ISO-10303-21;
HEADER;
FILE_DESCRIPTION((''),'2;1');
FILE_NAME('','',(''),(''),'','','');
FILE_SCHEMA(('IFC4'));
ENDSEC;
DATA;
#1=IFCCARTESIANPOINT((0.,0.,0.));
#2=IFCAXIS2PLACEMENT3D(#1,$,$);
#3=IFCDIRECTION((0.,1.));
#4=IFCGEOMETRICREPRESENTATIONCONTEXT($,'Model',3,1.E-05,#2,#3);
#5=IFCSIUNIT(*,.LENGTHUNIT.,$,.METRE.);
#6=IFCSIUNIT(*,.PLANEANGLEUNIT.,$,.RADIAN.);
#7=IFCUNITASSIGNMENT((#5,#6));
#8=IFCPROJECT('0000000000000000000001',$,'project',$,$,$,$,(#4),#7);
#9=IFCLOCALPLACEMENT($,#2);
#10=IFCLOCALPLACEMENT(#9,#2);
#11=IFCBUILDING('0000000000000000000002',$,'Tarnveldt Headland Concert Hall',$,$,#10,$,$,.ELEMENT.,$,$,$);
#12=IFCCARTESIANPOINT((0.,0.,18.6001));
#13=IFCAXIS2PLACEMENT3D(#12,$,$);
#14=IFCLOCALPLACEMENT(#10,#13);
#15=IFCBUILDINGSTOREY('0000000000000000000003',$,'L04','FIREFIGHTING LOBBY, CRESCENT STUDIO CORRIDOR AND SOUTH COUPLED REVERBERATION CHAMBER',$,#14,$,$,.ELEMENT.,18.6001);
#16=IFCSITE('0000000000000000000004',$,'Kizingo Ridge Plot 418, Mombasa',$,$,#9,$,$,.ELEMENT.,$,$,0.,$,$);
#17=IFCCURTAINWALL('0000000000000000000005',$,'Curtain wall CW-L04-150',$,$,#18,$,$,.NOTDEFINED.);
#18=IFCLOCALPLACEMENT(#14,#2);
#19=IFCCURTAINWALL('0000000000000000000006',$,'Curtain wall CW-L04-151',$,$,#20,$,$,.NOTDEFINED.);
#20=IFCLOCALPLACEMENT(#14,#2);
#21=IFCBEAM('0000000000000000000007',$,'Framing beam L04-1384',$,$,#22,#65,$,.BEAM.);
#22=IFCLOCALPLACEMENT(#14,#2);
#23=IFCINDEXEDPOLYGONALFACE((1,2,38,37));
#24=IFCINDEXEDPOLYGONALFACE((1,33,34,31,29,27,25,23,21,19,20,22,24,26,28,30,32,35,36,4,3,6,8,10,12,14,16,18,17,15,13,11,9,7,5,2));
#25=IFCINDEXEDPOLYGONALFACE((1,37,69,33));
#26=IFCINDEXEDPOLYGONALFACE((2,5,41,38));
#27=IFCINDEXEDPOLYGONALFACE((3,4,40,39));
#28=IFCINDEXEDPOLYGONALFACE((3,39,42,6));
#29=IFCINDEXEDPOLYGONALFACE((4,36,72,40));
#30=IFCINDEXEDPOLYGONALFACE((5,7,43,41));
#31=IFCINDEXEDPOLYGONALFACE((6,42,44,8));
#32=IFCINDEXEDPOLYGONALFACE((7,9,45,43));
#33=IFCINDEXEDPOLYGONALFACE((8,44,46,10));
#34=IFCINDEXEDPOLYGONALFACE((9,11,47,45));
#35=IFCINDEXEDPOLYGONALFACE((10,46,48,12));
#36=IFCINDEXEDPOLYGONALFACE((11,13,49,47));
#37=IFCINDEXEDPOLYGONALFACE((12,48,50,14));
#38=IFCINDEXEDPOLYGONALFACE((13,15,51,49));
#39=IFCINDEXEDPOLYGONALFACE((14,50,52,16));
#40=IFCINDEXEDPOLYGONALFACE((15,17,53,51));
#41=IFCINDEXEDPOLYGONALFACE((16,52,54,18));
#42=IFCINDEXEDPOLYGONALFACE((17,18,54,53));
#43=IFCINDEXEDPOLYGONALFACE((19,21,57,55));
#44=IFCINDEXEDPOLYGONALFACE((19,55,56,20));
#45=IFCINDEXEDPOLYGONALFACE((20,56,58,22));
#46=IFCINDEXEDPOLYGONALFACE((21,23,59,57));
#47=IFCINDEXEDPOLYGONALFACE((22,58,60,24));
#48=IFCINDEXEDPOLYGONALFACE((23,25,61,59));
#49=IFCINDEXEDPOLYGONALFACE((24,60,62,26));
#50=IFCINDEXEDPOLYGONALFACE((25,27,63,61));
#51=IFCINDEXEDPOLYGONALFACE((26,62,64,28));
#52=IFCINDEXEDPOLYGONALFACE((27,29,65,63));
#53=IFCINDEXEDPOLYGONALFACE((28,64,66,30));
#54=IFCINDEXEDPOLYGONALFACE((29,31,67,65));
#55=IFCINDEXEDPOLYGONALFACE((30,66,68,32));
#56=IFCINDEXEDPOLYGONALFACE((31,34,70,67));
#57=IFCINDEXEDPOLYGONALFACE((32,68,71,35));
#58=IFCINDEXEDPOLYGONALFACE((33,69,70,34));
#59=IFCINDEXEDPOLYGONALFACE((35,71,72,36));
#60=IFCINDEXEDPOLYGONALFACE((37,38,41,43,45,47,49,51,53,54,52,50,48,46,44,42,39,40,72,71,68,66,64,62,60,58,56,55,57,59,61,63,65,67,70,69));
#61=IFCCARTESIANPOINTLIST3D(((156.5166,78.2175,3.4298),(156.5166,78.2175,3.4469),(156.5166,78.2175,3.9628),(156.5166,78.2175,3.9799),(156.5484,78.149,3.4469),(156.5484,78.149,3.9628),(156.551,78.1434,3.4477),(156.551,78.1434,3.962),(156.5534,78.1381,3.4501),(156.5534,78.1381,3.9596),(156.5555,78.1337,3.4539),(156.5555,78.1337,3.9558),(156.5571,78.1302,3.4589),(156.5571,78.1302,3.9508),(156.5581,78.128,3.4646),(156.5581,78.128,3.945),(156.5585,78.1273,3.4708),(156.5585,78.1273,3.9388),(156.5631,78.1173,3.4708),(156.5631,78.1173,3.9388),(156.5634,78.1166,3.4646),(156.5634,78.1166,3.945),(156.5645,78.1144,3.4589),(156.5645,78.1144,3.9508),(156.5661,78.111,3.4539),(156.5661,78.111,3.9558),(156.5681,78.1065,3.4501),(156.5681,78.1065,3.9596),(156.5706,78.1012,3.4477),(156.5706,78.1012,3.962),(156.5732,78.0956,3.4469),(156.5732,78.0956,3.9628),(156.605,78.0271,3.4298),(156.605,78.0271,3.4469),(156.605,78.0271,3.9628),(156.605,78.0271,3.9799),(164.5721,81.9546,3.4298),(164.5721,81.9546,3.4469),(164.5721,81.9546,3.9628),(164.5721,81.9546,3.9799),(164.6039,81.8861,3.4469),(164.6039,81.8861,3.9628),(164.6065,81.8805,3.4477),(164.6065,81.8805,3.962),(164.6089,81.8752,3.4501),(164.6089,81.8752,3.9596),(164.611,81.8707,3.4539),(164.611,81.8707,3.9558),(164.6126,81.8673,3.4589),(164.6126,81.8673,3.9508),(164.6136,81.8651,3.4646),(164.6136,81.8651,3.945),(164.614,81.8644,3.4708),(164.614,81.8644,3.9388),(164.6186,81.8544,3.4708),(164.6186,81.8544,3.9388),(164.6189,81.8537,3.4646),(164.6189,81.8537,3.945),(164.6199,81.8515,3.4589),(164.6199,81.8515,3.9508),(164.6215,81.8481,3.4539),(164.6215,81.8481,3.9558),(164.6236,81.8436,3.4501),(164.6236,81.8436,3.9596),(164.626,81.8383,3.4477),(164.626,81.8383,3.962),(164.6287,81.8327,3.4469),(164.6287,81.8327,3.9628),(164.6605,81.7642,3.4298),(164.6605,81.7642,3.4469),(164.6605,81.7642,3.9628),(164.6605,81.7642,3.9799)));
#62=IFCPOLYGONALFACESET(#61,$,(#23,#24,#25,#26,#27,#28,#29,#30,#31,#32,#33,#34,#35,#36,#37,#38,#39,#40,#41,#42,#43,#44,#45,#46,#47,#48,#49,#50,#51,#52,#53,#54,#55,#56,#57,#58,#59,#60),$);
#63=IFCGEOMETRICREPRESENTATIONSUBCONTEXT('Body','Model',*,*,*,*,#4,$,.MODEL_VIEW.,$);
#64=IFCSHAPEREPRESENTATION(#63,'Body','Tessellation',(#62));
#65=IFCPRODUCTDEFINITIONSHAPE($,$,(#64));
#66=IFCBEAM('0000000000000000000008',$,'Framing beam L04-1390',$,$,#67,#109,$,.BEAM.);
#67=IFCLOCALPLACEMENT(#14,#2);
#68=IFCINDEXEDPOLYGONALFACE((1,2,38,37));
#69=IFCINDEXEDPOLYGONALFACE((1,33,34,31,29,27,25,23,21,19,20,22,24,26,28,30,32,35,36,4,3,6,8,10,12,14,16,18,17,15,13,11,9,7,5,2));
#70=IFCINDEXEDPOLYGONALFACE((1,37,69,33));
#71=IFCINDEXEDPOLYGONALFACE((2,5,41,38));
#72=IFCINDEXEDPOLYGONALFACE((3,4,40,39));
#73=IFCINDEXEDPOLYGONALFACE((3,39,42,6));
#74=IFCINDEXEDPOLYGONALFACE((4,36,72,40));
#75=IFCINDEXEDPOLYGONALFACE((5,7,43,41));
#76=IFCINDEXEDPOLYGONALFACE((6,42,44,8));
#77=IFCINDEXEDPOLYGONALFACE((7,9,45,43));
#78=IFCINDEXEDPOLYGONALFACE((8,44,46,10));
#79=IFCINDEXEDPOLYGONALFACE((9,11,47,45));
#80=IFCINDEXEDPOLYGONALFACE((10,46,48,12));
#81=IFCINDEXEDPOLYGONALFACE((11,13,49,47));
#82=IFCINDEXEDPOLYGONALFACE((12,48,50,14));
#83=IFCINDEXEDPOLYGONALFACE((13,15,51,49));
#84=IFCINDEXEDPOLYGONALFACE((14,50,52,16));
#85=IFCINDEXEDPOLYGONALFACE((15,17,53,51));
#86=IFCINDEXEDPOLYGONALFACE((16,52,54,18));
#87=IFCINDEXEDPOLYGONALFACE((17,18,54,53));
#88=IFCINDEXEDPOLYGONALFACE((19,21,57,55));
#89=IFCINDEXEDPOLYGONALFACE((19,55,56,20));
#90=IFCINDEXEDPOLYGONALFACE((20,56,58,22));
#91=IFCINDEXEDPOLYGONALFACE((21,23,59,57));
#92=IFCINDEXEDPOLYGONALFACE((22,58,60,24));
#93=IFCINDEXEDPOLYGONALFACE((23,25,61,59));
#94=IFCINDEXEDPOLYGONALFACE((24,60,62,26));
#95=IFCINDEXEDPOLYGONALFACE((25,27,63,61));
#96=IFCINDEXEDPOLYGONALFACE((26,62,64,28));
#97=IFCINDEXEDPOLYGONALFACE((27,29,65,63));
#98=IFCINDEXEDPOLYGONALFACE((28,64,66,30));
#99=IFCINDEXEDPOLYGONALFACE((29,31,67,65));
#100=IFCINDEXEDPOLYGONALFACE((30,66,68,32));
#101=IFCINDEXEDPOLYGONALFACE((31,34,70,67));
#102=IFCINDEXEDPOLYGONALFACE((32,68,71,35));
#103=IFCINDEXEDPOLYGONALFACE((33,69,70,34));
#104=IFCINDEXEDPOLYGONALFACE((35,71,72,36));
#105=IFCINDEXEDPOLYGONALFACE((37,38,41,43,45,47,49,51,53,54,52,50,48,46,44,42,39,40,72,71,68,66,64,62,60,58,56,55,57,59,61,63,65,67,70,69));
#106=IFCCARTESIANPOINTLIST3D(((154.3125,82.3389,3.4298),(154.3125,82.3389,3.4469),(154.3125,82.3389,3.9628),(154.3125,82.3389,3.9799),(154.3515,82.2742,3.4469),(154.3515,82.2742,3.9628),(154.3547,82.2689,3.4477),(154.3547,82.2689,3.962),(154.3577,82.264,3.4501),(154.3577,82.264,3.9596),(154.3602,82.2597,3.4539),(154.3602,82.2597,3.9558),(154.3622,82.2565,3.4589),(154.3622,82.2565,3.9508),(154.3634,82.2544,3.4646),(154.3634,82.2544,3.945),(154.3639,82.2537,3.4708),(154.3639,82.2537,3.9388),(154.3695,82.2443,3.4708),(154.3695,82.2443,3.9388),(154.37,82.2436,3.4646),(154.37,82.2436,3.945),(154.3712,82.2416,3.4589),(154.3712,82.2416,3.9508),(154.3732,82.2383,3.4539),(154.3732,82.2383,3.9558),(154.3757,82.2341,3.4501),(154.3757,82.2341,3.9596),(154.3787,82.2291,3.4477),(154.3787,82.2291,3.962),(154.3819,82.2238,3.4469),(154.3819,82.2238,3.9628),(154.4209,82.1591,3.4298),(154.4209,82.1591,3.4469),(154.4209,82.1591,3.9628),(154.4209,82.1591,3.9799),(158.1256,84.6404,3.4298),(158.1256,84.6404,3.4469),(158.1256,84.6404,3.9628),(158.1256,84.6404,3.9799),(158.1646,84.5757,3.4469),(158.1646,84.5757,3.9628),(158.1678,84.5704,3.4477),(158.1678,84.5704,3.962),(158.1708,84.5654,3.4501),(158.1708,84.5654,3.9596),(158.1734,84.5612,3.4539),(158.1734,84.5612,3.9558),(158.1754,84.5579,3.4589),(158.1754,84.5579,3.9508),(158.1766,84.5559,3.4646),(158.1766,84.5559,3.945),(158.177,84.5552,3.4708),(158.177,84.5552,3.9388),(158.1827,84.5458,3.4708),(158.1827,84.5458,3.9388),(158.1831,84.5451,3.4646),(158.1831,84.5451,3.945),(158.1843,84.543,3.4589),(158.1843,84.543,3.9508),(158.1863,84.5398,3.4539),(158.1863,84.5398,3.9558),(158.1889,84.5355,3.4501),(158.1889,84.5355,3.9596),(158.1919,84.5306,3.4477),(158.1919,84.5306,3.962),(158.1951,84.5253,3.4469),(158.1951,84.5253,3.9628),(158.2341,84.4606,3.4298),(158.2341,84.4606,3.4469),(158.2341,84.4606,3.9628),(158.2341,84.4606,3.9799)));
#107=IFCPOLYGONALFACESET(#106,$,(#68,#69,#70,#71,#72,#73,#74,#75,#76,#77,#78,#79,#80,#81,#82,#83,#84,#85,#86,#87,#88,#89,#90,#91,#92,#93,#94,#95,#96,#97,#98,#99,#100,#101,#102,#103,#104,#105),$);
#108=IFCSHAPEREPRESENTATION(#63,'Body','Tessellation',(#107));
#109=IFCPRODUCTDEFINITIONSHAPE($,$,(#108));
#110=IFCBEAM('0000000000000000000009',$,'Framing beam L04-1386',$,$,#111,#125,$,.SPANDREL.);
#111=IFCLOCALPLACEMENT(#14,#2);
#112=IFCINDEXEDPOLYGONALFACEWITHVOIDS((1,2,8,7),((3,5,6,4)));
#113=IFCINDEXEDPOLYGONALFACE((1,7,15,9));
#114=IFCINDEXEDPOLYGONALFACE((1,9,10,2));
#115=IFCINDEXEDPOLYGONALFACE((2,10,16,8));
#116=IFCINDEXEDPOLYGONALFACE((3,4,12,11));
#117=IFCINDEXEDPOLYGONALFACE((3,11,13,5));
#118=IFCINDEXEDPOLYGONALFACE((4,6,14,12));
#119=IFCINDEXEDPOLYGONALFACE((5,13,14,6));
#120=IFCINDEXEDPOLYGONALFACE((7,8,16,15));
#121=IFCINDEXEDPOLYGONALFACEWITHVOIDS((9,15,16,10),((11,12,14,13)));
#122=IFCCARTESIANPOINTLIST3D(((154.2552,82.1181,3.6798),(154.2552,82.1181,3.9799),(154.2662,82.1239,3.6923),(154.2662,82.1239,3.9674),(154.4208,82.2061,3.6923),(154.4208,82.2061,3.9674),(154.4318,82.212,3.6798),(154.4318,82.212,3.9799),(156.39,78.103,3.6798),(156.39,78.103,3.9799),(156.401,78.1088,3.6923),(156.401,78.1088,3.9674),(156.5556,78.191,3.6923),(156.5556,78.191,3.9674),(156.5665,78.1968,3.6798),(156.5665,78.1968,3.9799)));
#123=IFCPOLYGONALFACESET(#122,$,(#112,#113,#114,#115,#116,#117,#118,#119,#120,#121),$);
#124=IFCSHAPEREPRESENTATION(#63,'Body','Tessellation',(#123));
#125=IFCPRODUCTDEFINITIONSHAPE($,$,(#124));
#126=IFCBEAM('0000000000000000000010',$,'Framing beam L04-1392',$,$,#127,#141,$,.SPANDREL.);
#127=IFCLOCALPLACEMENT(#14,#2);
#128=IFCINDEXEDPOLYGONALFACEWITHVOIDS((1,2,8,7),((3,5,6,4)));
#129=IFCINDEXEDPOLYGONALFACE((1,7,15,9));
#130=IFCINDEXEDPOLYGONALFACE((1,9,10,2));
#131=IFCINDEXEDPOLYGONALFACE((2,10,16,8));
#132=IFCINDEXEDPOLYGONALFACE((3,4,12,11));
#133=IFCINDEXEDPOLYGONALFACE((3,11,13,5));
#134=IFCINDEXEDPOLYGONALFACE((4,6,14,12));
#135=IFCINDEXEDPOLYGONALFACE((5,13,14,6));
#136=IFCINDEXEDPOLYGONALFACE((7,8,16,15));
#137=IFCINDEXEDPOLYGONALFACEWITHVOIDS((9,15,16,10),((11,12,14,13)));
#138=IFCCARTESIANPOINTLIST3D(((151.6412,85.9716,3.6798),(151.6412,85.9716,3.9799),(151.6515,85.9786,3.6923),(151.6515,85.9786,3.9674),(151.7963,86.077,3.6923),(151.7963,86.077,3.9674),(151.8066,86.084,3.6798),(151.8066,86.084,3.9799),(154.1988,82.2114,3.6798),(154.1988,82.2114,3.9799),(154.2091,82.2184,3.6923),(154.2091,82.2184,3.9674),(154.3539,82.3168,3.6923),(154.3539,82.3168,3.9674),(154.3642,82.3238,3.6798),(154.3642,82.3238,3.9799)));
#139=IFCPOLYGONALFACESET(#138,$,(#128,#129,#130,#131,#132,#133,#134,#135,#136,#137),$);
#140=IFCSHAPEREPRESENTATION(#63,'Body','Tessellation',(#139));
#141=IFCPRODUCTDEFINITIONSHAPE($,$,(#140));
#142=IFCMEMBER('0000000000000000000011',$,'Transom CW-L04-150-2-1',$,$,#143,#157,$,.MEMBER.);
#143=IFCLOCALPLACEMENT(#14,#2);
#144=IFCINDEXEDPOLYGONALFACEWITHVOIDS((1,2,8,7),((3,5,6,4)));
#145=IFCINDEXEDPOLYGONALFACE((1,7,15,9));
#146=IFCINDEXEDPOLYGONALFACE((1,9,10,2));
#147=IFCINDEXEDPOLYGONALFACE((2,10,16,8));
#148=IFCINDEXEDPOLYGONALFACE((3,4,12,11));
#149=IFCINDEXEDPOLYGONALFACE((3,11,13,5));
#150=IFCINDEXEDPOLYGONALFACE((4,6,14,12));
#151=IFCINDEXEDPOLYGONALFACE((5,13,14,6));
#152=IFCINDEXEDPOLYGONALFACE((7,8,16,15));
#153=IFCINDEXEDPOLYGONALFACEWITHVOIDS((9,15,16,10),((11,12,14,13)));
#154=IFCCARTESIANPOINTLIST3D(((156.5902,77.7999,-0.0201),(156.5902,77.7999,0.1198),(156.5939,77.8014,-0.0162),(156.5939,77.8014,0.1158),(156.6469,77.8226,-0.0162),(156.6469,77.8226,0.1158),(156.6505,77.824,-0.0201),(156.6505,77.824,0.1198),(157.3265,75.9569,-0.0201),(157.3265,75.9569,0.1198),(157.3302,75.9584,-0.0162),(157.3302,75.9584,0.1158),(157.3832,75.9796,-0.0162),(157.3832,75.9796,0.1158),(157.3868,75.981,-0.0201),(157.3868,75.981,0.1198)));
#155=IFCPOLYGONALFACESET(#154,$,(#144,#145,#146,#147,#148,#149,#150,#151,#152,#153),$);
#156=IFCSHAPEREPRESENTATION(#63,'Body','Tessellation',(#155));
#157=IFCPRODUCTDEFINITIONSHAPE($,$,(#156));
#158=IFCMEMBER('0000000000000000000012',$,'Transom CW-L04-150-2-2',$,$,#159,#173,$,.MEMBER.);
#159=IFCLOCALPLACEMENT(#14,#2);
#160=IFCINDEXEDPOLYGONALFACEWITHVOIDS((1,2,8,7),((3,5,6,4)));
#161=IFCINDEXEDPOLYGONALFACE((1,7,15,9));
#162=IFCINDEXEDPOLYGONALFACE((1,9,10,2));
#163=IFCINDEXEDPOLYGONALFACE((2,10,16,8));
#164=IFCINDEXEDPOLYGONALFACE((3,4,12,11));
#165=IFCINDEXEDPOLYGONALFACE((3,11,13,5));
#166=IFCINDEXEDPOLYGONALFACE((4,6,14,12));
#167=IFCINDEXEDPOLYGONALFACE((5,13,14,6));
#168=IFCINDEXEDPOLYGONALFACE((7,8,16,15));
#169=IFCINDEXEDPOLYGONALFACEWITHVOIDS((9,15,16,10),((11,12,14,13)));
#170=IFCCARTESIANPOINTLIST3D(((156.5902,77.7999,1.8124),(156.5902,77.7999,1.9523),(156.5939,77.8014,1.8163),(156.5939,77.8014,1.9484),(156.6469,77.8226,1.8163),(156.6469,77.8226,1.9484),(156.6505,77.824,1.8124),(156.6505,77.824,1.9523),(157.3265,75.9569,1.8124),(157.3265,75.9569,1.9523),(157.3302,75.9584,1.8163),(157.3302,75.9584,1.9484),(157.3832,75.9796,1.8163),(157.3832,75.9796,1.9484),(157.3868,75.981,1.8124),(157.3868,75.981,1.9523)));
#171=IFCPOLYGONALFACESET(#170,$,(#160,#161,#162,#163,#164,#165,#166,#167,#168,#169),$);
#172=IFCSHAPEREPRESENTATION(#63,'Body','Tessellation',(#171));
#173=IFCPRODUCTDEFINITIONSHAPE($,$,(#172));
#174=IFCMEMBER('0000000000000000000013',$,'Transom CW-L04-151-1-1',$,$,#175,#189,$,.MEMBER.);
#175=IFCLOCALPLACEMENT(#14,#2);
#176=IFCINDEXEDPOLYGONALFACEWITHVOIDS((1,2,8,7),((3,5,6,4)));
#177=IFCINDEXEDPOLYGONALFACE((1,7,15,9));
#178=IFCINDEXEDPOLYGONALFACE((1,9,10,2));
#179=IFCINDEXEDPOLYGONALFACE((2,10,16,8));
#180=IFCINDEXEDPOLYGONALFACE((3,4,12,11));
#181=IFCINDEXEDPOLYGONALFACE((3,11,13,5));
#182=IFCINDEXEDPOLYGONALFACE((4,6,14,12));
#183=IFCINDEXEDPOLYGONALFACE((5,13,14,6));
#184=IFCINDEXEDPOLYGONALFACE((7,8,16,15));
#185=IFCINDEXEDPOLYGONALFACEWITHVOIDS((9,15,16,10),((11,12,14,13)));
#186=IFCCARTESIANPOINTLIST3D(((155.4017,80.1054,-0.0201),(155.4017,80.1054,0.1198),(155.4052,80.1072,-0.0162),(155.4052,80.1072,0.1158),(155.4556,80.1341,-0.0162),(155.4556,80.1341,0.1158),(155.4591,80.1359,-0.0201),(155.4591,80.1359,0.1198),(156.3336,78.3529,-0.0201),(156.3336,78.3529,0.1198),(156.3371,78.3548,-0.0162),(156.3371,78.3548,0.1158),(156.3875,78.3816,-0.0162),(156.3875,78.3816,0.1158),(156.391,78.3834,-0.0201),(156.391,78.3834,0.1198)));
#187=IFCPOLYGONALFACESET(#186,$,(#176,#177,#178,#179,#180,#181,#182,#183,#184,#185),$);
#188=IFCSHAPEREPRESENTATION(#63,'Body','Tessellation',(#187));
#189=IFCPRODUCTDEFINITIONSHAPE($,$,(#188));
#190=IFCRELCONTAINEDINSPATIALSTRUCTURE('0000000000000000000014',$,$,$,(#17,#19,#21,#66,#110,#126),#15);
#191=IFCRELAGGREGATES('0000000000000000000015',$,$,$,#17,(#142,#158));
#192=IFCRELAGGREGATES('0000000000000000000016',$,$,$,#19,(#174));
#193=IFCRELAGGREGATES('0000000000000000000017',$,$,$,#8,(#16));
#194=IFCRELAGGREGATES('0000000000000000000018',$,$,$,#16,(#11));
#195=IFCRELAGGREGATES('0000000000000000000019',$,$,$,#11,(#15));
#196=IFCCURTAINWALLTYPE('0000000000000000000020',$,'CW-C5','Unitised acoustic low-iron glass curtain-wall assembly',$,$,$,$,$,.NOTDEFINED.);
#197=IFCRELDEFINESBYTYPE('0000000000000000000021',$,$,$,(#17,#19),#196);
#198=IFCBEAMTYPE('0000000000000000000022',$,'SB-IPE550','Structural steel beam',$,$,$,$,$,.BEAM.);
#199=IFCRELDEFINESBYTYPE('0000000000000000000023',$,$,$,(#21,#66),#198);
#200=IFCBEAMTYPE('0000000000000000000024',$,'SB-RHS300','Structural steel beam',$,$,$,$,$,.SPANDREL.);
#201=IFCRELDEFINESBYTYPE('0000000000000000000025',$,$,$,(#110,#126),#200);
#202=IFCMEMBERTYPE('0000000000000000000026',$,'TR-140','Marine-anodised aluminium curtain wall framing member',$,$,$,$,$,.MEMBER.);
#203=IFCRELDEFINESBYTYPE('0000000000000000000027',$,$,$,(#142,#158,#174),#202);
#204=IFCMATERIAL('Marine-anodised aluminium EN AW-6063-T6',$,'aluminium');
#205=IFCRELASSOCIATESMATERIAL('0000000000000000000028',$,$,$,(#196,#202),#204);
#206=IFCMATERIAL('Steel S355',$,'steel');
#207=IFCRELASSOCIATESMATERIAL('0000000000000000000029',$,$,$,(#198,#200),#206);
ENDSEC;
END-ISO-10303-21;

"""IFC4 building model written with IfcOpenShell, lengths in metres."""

from ifc_helpers import new_model, si_unit, direction, frame, origin, origin_2d, place, context, subcontext, project, spatial, hollow_rectangle, i_section, extrude, material, material_profile, profile_set, type_object, element, aggregate, save


model = new_model("IFC4")

# Units and contexts
model_context = context("Model", 3, precision=1e-05, world=origin(), true_north=direction((0.0, 1.0)))
body_context = subcontext(model_context, "Body", "Model", "MODEL_VIEW")
ifc_project = project(units=[si_unit("LENGTHUNIT", "METRE"), si_unit("PLANEANGLEUNIT", "RADIAN")], contexts=[model_context])

# Site, building, storey
site_placement = place(None, origin())
site = spatial("IfcSite", under=ifc_project, at=site_placement, Name="Kizingo Ridge Plot 418, Mombasa", CompositionType="ELEMENT", RefElevation=0.0)
building_placement = place(site_placement, origin())
building = spatial("IfcBuilding", under=site, at=building_placement, Name="Tarnveldt Headland Concert Hall", CompositionType="ELEMENT")
storey_placement = place(building_placement, frame((0.0, 0.0, 18.6001)))
storey = spatial("IfcBuildingStorey", under=building, at=storey_placement, Name="L04", Description="FIREFIGHTING LOBBY, CRESCENT STUDIO CORRIDOR AND SOUTH COUPLED REVERBERATION CHAMBER", CompositionType="ELEMENT", Elevation=18.6001)

# Shared definitions
ifc_material_1 = material(Name="Steel S355", Category="steel")

# Curtain wall
ifc_material_2 = material(Name="Marine-anodised aluminium EN AW-6063-T6", Category="aluminium")
curtain_wall_type = type_object("IfcCurtainWallType", Name="CW-C5", Description="Unitised acoustic low-iron glass curtain-wall assembly", PredefinedType="NOTDEFINED", material=ifc_material_2)
curtain_wall_1_placement = place(storey_placement, origin())
curtain_wall_1 = element("IfcCurtainWall", 1, at=curtain_wall_1_placement, inside=storey, type_object=curtain_wall_type, Name="Curtain wall CW-L04-150", PredefinedType="NOTDEFINED")

# Curtain wall
curtain_wall_2_placement = place(storey_placement, origin())
curtain_wall_2 = element("IfcCurtainWall", 2, at=curtain_wall_2_placement, inside=storey, type_object=curtain_wall_type, Name="Curtain wall CW-L04-151", PredefinedType="NOTDEFINED")

# Beams
ifc_material_profile_1 = material_profile(ifc_material_1, i_section(OverallWidth=0.21, OverallDepth=0.55, WebThickness=0.011, FlangeThickness=0.0171, FilletRadius=0.0239, at=origin_2d()), Name="IPE550", Category="steel")
ifc_profile_set_1 = profile_set([ifc_material_profile_1], Name="Steel S355")
beam_type_1 = type_object("IfcBeamType", Name="SB-IPE550", Description="Structural steel beam", PredefinedType="BEAM", material=ifc_profile_set_1)
beam_1_placement = place(storey_placement, frame((156.5608, 78.1223, 3.7048), z_axis=(0.907136, 0.420837, 0.0), x_axis=(-0.420837, 0.907136, 0.0)))
element("IfcBeam", 3, at=beam_1_placement, inside=storey, type_object=beam_type_1, Name="Framing beam L04-1384", PredefinedType="BEAM", context=body_context, shape_type="SweptSolid", body=[
    extrude(i_section(OverallWidth=0.21, OverallDepth=0.55, WebThickness=0.011, FlangeThickness=0.0171, FilletRadius=0.0239, at=origin_2d()), origin(), (0.0, 0.0, 1.0), 8.8801),
])
beam_2_placement = place(storey_placement, frame((154.3667, 82.249, 3.7048), z_axis=(0.856145, 0.516735, 0.0), x_axis=(-0.516735, 0.856145, 0.0)))
element("IfcBeam", 4, at=beam_2_placement, inside=storey, type_object=beam_type_1, Name="Framing beam L04-1390", PredefinedType="BEAM", context=body_context, shape_type="SweptSolid", body=[
    extrude(i_section(OverallWidth=0.21, OverallDepth=0.55, WebThickness=0.011, FlangeThickness=0.0171, FilletRadius=0.0239, at=origin_2d()), origin(), (0.0, 0.0, 1.0), 4.4539),
])
ifc_material_profile_2 = material_profile(ifc_material_1, hollow_rectangle(XDim=0.2, YDim=0.3, WallThickness=0.0125, at=origin_2d()), Name="RHS 300x200x12.5", Category="steel")
ifc_profile_set_2 = profile_set([ifc_material_profile_2], Name="Steel S355")
beam_type_2 = type_object("IfcBeamType", Name="SB-RHS300", Description="Structural steel beam", PredefinedType="SPANDREL", material=ifc_profile_set_2)
beam_3_placement = place(storey_placement, frame((156.4783, 78.1499, 3.8298), z_axis=(-0.469451, 0.882959, 0.0), x_axis=(-0.882959, -0.469451, 0.0)))
element("IfcBeam", 5, at=beam_3_placement, inside=storey, type_object=beam_type_2, Name="Framing beam L04-1386", PredefinedType="SPANDREL", context=body_context, shape_type="SweptSolid", body=[
    extrude(hollow_rectangle(XDim=0.2, YDim=0.3, WallThickness=0.0125, at=origin_2d()), origin(), (0.0, 0.0, 1.0), 4.5474),
])
beam_4_placement = place(storey_placement, frame((154.2815, 82.2676, 3.8298), z_axis=(-0.562407, 0.826861, 0.0), x_axis=(-0.826861, -0.562407, 0.0)))
element("IfcBeam", 6, at=beam_4_placement, inside=storey, type_object=beam_type_2, Name="Framing beam L04-1392", PredefinedType="SPANDREL", context=body_context, shape_type="SweptSolid", body=[
    extrude(hollow_rectangle(XDim=0.2, YDim=0.3, WallThickness=0.0125, at=origin_2d()), origin(), (0.0, 0.0, 1.0), 4.5476),
])

# Members
ifc_material_profile_3 = material_profile(ifc_material_2, hollow_rectangle(XDim=0.0649, YDim=0.1399, WallThickness=0.0039, at=origin_2d()), Name="ALU TRANSOM 65x140x4", Category="aluminium")
ifc_profile_set_3 = profile_set([ifc_material_profile_3], Name="Marine-anodised aluminium EN AW-6063-T6")
member_type_1 = type_object("IfcMemberType", Name="TR-140", Description="Marine-anodised aluminium curtain wall framing member", PredefinedType="MEMBER", material=ifc_profile_set_3)
member_1_placement = place(storey_placement, frame((157.3567, 75.969, 0.0498), z_axis=(-0.371009, 0.928629, 0.0), x_axis=(-0.928629, -0.371009, 0.0)))
member_1 = element("IfcMember", 7, at=member_1_placement, type_object=member_type_1, Name="Transom CW-L04-150-2-1", PredefinedType="MEMBER", context=body_context, shape_type="SweptSolid", body=[
    extrude(hollow_rectangle(XDim=0.0649, YDim=0.1399, WallThickness=0.0039, at=origin_2d()), origin(), (0.0, 0.0, 1.0), 1.9846),
])
member_2_placement = place(storey_placement, frame((157.3567, 75.969, 1.8823), z_axis=(-0.371009, 0.928629, 0.0), x_axis=(-0.928629, -0.371009, 0.0)))
member_2 = element("IfcMember", 8, at=member_2_placement, type_object=member_type_1, Name="Transom CW-L04-150-2-2", PredefinedType="MEMBER", context=body_context, shape_type="SweptSolid", body=[
    extrude(hollow_rectangle(XDim=0.0649, YDim=0.1399, WallThickness=0.0039, at=origin_2d()), origin(), (0.0, 0.0, 1.0), 1.9846),
])
member_3_placement = place(storey_placement, frame((156.3623, 78.3682, 0.0498), z_axis=(-0.469509, 0.882928, 0.0), x_axis=(-0.882928, -0.469509, 0.0)))
member_3 = element("IfcMember", 9, at=member_3_placement, type_object=member_type_1, Name="Transom CW-L04-151-1-1", PredefinedType="MEMBER", context=body_context, shape_type="SweptSolid", body=[
    extrude(hollow_rectangle(XDim=0.0649, YDim=0.1399, WallThickness=0.0039, at=origin_2d()), origin(), (0.0, 0.0, 1.0), 1.9849),
])

aggregate(curtain_wall_1, [member_1, member_2])
aggregate(curtain_wall_2, [member_3])

save(model, "model.ifc")
